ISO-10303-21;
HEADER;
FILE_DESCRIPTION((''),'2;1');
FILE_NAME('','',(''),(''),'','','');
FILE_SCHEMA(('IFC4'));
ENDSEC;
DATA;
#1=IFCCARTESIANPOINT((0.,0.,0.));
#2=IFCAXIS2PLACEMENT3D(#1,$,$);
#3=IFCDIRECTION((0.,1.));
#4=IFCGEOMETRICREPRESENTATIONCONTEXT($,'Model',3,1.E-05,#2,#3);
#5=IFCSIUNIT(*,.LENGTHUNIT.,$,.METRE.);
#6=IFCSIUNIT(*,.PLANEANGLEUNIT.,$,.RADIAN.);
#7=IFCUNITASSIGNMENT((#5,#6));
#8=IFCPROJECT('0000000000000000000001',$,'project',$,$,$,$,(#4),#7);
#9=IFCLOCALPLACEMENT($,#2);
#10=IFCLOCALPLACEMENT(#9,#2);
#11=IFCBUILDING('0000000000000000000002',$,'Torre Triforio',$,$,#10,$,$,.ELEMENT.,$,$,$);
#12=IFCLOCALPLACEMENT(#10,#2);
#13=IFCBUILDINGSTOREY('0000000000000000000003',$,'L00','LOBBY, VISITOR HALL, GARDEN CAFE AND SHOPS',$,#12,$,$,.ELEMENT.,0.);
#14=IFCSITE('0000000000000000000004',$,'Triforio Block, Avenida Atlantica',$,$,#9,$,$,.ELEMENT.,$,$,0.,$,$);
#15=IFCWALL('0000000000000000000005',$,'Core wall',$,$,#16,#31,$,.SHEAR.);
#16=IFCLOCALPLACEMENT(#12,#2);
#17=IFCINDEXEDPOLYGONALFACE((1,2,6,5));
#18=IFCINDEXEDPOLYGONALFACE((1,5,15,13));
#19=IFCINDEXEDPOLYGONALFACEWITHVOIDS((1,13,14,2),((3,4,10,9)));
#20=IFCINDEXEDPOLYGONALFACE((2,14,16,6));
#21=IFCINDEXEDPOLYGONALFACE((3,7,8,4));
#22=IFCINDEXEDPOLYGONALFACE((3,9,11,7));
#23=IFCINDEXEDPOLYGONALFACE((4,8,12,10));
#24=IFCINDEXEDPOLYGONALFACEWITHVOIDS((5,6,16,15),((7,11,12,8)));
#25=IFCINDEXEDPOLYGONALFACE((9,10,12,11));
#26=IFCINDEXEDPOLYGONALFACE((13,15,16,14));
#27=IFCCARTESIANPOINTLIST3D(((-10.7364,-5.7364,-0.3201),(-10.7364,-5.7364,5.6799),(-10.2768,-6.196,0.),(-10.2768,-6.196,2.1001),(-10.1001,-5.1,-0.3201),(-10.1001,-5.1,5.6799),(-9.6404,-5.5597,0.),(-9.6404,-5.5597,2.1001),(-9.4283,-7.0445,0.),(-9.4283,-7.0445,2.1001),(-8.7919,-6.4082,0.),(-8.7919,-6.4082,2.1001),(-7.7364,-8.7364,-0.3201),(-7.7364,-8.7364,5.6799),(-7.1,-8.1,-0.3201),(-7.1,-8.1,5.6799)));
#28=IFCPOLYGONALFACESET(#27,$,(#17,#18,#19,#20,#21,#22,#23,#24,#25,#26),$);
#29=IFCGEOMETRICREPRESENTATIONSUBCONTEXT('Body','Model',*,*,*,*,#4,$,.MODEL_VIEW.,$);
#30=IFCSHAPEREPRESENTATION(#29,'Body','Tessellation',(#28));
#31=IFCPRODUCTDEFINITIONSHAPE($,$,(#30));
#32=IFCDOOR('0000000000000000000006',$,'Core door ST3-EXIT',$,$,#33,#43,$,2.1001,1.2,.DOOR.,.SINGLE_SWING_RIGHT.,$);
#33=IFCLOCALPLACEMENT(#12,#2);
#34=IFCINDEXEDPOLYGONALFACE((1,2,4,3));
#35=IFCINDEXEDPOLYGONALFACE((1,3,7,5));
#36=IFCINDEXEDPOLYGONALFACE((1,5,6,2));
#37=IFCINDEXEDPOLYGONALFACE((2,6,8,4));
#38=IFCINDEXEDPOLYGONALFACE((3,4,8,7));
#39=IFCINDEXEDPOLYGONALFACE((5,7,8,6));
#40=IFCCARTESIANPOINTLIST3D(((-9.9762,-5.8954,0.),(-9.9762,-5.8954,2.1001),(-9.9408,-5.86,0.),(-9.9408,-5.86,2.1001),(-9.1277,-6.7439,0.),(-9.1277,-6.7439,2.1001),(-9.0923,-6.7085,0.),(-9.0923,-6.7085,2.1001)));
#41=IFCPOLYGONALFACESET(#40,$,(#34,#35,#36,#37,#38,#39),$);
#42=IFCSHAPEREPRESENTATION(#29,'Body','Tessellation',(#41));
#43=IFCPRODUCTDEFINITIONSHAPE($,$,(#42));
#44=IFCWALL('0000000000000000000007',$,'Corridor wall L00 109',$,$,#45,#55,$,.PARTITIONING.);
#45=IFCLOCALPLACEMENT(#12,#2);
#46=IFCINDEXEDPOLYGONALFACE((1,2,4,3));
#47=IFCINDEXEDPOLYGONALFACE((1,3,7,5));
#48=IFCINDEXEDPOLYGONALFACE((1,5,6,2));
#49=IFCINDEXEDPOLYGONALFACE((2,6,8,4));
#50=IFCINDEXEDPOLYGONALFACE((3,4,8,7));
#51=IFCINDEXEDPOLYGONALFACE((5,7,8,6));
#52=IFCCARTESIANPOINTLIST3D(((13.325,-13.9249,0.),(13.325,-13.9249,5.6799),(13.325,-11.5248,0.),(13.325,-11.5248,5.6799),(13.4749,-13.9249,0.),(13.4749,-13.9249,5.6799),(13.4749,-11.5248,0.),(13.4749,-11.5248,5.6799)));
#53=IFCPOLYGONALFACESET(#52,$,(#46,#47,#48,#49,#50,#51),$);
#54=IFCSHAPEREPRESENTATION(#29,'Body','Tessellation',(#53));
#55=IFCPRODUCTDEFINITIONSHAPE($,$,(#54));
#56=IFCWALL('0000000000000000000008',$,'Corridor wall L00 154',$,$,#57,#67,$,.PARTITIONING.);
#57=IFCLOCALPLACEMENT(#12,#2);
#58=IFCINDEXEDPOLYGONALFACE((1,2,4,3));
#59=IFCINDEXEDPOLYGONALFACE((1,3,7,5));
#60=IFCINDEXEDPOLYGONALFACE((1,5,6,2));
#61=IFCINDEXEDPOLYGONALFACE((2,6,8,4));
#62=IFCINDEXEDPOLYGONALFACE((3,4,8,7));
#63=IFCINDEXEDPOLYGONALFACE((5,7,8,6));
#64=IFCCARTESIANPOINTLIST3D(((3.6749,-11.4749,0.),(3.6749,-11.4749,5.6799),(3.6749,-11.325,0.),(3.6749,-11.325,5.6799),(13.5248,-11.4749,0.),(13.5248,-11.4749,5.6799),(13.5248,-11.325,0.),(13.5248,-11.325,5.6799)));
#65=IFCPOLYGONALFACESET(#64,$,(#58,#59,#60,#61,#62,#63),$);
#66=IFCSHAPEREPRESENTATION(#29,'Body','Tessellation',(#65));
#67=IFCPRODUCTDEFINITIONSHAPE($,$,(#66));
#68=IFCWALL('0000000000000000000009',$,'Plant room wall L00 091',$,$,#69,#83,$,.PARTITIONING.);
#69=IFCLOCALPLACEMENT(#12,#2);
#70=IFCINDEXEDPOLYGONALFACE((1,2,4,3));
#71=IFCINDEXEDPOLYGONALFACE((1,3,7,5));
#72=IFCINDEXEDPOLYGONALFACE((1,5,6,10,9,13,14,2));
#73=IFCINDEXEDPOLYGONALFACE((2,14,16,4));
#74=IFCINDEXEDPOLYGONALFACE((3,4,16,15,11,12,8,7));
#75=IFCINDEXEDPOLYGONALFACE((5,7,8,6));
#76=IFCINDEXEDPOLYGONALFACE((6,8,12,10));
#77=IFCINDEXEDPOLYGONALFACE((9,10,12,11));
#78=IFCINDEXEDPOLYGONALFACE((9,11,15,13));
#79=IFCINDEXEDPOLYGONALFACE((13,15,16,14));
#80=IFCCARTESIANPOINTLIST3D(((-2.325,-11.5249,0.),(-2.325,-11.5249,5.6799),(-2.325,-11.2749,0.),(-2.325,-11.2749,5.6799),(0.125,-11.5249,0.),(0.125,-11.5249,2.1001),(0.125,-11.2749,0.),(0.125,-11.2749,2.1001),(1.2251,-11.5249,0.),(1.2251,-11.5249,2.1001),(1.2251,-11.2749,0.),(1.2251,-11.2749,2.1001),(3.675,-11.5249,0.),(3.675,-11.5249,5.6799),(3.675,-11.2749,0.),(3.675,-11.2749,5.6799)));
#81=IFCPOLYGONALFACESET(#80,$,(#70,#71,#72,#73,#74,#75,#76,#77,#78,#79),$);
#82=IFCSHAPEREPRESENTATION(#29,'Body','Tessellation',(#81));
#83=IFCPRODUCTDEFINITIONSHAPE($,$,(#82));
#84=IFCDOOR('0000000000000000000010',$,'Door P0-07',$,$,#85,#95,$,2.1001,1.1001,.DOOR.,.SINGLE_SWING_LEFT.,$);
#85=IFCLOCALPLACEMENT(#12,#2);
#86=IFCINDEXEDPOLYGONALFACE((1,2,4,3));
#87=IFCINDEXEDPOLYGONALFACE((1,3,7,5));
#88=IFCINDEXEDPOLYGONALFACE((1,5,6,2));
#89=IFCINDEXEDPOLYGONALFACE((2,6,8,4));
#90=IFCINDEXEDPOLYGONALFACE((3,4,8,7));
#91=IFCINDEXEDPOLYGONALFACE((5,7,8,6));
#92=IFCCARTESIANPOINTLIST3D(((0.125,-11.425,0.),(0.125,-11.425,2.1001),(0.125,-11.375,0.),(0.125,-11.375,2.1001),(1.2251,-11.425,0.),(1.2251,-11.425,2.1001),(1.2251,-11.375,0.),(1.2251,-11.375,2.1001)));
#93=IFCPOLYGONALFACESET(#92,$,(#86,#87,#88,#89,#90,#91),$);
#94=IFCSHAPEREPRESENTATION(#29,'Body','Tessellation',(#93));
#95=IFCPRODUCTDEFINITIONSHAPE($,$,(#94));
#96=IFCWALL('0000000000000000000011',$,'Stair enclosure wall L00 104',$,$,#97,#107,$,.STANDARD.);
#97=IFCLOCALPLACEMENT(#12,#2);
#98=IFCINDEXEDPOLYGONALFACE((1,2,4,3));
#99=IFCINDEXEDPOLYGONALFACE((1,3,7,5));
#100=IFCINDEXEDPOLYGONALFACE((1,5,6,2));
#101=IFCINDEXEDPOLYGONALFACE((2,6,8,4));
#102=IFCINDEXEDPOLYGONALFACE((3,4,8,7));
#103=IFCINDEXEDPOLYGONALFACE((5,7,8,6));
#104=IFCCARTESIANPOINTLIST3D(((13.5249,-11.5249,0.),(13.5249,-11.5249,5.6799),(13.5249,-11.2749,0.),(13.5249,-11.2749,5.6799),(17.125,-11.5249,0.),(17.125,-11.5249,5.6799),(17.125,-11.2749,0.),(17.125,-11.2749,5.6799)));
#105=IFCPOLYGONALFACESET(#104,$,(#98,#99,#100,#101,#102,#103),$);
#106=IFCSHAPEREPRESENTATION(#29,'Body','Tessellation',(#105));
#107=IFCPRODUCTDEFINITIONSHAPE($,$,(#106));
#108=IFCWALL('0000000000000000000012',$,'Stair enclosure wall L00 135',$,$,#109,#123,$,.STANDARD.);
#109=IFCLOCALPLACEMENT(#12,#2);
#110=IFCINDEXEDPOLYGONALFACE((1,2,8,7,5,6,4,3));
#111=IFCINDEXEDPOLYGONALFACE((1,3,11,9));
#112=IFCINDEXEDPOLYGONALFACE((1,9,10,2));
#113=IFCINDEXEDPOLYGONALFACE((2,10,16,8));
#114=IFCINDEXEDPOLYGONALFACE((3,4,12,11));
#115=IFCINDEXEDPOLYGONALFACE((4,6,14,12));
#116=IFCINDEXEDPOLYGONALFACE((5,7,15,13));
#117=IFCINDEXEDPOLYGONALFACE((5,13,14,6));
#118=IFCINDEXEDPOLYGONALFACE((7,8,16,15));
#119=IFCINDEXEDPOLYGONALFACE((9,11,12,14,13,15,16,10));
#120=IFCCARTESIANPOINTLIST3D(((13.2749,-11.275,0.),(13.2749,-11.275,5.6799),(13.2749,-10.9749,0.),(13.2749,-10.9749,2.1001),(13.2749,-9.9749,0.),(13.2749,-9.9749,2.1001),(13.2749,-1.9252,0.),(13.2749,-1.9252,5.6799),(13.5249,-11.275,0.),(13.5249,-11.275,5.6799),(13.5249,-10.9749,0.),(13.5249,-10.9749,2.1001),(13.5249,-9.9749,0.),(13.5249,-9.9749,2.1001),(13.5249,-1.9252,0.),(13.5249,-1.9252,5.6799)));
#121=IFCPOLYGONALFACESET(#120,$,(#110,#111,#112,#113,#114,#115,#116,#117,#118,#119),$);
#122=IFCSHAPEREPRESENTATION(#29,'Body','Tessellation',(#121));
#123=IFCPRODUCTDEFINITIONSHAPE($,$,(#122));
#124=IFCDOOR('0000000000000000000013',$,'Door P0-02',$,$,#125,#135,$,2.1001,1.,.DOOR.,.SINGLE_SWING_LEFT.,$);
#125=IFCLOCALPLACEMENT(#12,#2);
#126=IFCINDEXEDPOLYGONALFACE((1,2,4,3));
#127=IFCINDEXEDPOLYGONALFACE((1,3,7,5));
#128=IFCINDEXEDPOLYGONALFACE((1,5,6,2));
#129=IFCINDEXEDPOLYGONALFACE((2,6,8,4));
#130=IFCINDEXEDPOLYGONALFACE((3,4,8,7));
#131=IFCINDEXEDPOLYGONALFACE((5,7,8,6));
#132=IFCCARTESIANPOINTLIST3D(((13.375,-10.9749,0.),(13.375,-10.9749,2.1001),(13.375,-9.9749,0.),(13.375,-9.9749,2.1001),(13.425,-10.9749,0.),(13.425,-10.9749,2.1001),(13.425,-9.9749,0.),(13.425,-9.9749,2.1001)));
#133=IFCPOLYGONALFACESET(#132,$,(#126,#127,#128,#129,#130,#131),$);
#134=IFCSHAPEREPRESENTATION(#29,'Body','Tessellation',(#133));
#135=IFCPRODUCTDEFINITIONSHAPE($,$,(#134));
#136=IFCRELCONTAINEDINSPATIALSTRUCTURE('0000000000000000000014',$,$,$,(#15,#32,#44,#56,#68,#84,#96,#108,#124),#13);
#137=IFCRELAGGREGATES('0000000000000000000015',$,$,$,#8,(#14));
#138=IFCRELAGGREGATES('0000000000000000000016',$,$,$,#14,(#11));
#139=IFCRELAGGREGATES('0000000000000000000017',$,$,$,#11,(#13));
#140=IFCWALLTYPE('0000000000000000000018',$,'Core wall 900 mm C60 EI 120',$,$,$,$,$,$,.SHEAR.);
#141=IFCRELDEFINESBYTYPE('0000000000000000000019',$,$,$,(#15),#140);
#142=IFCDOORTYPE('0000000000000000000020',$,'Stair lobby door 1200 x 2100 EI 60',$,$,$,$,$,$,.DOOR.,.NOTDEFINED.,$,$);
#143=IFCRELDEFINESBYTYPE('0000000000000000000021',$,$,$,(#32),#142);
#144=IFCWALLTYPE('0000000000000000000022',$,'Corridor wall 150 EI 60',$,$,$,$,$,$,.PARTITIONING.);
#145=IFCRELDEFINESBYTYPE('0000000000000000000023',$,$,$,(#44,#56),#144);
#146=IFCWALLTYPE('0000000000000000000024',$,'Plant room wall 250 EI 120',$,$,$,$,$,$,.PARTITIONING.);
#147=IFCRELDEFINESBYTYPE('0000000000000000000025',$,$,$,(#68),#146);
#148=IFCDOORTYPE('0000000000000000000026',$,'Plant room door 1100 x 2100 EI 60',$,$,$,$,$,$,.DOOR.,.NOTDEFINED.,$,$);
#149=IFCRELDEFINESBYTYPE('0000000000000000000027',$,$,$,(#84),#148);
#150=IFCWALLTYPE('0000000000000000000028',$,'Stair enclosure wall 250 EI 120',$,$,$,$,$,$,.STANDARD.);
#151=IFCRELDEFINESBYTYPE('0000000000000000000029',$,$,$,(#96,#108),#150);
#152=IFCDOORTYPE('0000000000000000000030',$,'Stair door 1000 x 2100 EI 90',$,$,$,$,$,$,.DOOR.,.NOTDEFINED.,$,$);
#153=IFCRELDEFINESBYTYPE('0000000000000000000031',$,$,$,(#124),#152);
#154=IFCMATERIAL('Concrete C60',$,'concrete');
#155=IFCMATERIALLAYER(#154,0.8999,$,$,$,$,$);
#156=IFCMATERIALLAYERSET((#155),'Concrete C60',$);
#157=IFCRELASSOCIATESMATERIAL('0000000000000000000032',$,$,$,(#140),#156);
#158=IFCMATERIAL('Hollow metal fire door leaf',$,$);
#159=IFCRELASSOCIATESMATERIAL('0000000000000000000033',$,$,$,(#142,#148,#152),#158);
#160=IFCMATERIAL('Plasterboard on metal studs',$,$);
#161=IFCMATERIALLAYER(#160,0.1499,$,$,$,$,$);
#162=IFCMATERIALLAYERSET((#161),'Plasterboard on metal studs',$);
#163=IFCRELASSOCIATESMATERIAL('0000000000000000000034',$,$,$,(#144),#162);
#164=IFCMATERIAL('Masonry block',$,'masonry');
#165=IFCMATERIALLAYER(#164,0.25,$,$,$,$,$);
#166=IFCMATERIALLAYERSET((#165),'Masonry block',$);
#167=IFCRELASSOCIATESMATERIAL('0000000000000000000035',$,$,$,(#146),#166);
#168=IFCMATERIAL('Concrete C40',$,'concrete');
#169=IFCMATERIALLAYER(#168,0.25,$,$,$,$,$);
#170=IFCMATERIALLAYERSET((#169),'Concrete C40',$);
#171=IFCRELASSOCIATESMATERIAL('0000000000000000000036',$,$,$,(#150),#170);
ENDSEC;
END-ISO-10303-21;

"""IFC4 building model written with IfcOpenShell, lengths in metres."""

from ifc_helpers import new_model, si_unit, direction, frame, frame_2d, origin, place, context, subcontext, project, spatial, rectangle, extrude, material, layer, layer_set, type_object, element, fill, save


model = new_model("IFC4")

# Units and contexts
model_context = context("Model", 3, precision=1e-05, world=origin(), true_north=direction((0.0, 1.0)))
body_context = subcontext(model_context, "Body", "Model", "MODEL_VIEW")
ifc_project = project(units=[si_unit("LENGTHUNIT", "METRE"), si_unit("PLANEANGLEUNIT", "RADIAN")], contexts=[model_context])

# Site, building, storey
site_placement = place(None, origin())
site = spatial("IfcSite", under=ifc_project, at=site_placement, Name="Triforio Block, Avenida Atlantica", CompositionType="ELEMENT", RefElevation=0.0)
building_placement = place(site_placement, origin())
building = spatial("IfcBuilding", under=site, at=building_placement, Name="Torre Triforio", CompositionType="ELEMENT")
storey_placement = place(building_placement, origin())
storey = spatial("IfcBuildingStorey", under=building, at=storey_placement, Name="L00", Description="LOBBY, VISITOR HALL, GARDEN CAFE AND SHOPS", CompositionType="ELEMENT", Elevation=0.0)

# Shared definitions
ifc_material_1 = material(Name="Concrete C60", Category="concrete")

# Shared definitions
ifc_layer_1 = layer(ifc_material_1, 0.8999)
ifc_layer_set_1 = layer_set([ifc_layer_1], Name="Concrete C60")
wall_type_1 = type_object("IfcWallType", Name="Core wall 900 mm C60 EI 120", PredefinedType="SHEAR", material=ifc_layer_set_1)
ifc_material_2 = material(Name="Hollow metal fire door leaf")

# Wall, opening, door
wall_1_placement = place(storey_placement, frame((-7.4182, -8.4182, -0.3201), z_axis=(0.0, 0.0, 1.0), x_axis=(-0.707107, 0.707107, 0.0)))
wall_1 = element("IfcWall", 1, at=wall_1_placement, inside=storey, type_object=wall_type_1, Name="Core wall", PredefinedType="SHEAR", context=body_context, shape_type="SweptSolid", body=[
    extrude(rectangle(XDim=4.2427, YDim=0.8999, at=frame_2d((2.1213, 0.0))), origin(), (0.0, 0.0, 1.0), 6.0),
])
opening_1_placement = place(wall_1_placement, frame((2.3926, 0.0, 0.3201)))
opening_1 = element("IfcOpeningElement", 2, at=opening_1_placement, cuts=wall_1, PredefinedType="OPENING", context=body_context, shape_type="SweptSolid", body=[
    extrude(rectangle(XDim=1.2, YDim=2.1001, at=frame_2d((0.6001, 1.05))), frame((0.0, 0.46, 0.0), z_axis=(0.0, -1.0, 0.0), x_axis=(1.0, 0.0, 0.0)), (0.0, 0.0, 1.0), 0.9199),
])
door_type_1 = type_object("IfcDoorType", Name="Stair lobby door 1200 x 2100 EI 60", OperationType="NOTDEFINED", PredefinedType="DOOR", material=ifc_material_2)
door_1_placement = place(opening_1_placement, origin())
door_1 = element("IfcDoor", 3, at=door_1_placement, inside=storey, type_object=door_type_1, Name="Core door ST3-EXIT", OperationType="SINGLE_SWING_RIGHT", OverallHeight=2.1001, OverallWidth=1.2, PredefinedType="DOOR", context=body_context, shape_type="SweptSolid", body=[
    extrude(rectangle(XDim=1.2, YDim=2.1001, at=frame_2d((0.6001, 1.05))), frame((0.0, 0.0249, 0.0), z_axis=(0.0, -1.0, 0.0), x_axis=(1.0, 0.0, 0.0)), (0.0, 0.0, 1.0), 0.05),
])
fill(opening_1, door_1)

# Walls
ifc_material_3 = material(Name="Plasterboard on metal studs")
ifc_layer_2 = layer(ifc_material_3, 0.1499)
ifc_layer_set_2 = layer_set([ifc_layer_2], Name="Plasterboard on metal studs")
wall_type_2 = type_object("IfcWallType", Name="Corridor wall 150 EI 60", PredefinedType="PARTITIONING", material=ifc_layer_set_2)
wall_2_placement = place(storey_placement, frame((13.3999, -13.925, 0.0), z_axis=(0.0, 0.0, 1.0), x_axis=(0.0, 1.0, 0.0)))
element("IfcWall", 4, at=wall_2_placement, inside=storey, type_object=wall_type_2, Name="Corridor wall L00 109", PredefinedType="PARTITIONING", context=body_context, shape_type="SweptSolid", body=[
    extrude(rectangle(XDim=2.4001, YDim=0.1499, at=frame_2d((1.2002, 0.0))), origin(), (0.0, 0.0, 1.0), 5.6799),
])
wall_3_placement = place(storey_placement, frame((3.675, -11.3999, 0.0), z_axis=(0.0, 0.0, 1.0), x_axis=(1.0, 0.0, 0.0)))
element("IfcWall", 5, at=wall_3_placement, inside=storey, type_object=wall_type_2, Name="Corridor wall L00 154", PredefinedType="PARTITIONING", context=body_context, shape_type="SweptSolid", body=[
    extrude(rectangle(XDim=9.8499, YDim=0.1499, at=frame_2d((4.9248, 0.0))), origin(), (0.0, 0.0, 1.0), 5.6799),
])

# Wall, opening, door
ifc_material_4 = material(Name="Masonry block", Category="masonry")
ifc_layer_3 = layer(ifc_material_4, 0.25)
ifc_layer_set_3 = layer_set([ifc_layer_3], Name="Masonry block")
wall_type_3 = type_object("IfcWallType", Name="Plant room wall 250 EI 120", PredefinedType="PARTITIONING", material=ifc_layer_set_3)
wall_4_placement = place(storey_placement, frame((-2.325, -11.3999, 0.0), z_axis=(0.0, 0.0, 1.0), x_axis=(1.0, 0.0, 0.0)))
wall_4 = element("IfcWall", 6, at=wall_4_placement, inside=storey, type_object=wall_type_3, Name="Plant room wall L00 091", PredefinedType="PARTITIONING", context=body_context, shape_type="SweptSolid", body=[
    extrude(rectangle(XDim=6.0, YDim=0.25, at=frame_2d((3.0, 0.0))), origin(), (0.0, 0.0, 1.0), 5.6799),
])
opening_2_placement = place(wall_4_placement, frame((2.45, 0.0, 0.0)))
opening_2 = element("IfcOpeningElement", 7, at=opening_2_placement, cuts=wall_4, PredefinedType="OPENING", context=body_context, shape_type="SweptSolid", body=[
    extrude(rectangle(XDim=1.1001, YDim=2.1001, at=frame_2d((0.55, 1.05))), frame((0.0, 0.135, 0.0), z_axis=(0.0, -1.0, 0.0), x_axis=(1.0, 0.0, 0.0)), (0.0, 0.0, 1.0), 0.27),
])
door_type_2 = type_object("IfcDoorType", Name="Plant room door 1100 x 2100 EI 60", OperationType="NOTDEFINED", PredefinedType="DOOR", material=ifc_material_2)
door_2_placement = place(opening_2_placement, origin())
door_2 = element("IfcDoor", 8, at=door_2_placement, inside=storey, type_object=door_type_2, Name="Door P0-07", OperationType="SINGLE_SWING_LEFT", OverallHeight=2.1001, OverallWidth=1.1001, PredefinedType="DOOR", context=body_context, shape_type="SweptSolid", body=[
    extrude(rectangle(XDim=1.1001, YDim=2.1001, at=frame_2d((0.55, 1.05))), frame((0.0, 0.0249, 0.0), z_axis=(0.0, -1.0, 0.0), x_axis=(1.0, 0.0, 0.0)), (0.0, 0.0, 1.0), 0.05),
])
fill(opening_2, door_2)

# Wall
ifc_material_5 = material(Name="Concrete C40", Category="concrete")
ifc_layer_4 = layer(ifc_material_5, 0.25)
ifc_layer_set_4 = layer_set([ifc_layer_4], Name="Concrete C40")
wall_type_4 = type_object("IfcWallType", Name="Stair enclosure wall 250 EI 120", PredefinedType="STANDARD", material=ifc_layer_set_4)
wall_5_placement = place(storey_placement, frame((13.5249, -11.3999, 0.0), z_axis=(0.0, 0.0, 1.0), x_axis=(1.0, 0.0, 0.0)))
element("IfcWall", 9, at=wall_5_placement, inside=storey, type_object=wall_type_4, Name="Stair enclosure wall L00 104", PredefinedType="STANDARD", context=body_context, shape_type="SweptSolid", body=[
    extrude(rectangle(XDim=3.6001, YDim=0.25, at=frame_2d((1.8, 0.0))), origin(), (0.0, 0.0, 1.0), 5.6799),
])

# Wall, opening, door
wall_6_placement = place(storey_placement, frame((13.3999, -11.2749, 0.0), z_axis=(0.0, 0.0, 1.0), x_axis=(0.0, 1.0, 0.0)))
wall_6 = element("IfcWall", 10, at=wall_6_placement, inside=storey, type_object=wall_type_4, Name="Stair enclosure wall L00 135", PredefinedType="STANDARD", context=body_context, shape_type="SweptSolid", body=[
    extrude(rectangle(XDim=9.3499, YDim=0.25, at=frame_2d((4.6748, 0.0))), origin(), (0.0, 0.0, 1.0), 5.6799),
])
opening_3_placement = place(wall_6_placement, frame((0.3, 0.0, 0.0)))
opening_3 = element("IfcOpeningElement", 11, at=opening_3_placement, cuts=wall_6, PredefinedType="OPENING", context=body_context, shape_type="SweptSolid", body=[
    extrude(rectangle(XDim=1.0, YDim=2.1001, at=frame_2d((0.5, 1.05))), frame((0.0, 0.135, 0.0), z_axis=(0.0, -1.0, 0.0), x_axis=(1.0, 0.0, 0.0)), (0.0, 0.0, 1.0), 0.27),
])
door_type_3 = type_object("IfcDoorType", Name="Stair door 1000 x 2100 EI 90", OperationType="NOTDEFINED", PredefinedType="DOOR", material=ifc_material_2)
door_3_placement = place(opening_3_placement, origin())
door_3 = element("IfcDoor", 12, at=door_3_placement, inside=storey, type_object=door_type_3, Name="Door P0-02", OperationType="SINGLE_SWING_LEFT", OverallHeight=2.1001, OverallWidth=1.0, PredefinedType="DOOR", context=body_context, shape_type="SweptSolid", body=[
    extrude(rectangle(XDim=1.0, YDim=2.1001, at=frame_2d((0.5, 1.05))), frame((0.0, 0.0249, 0.0), z_axis=(0.0, -1.0, 0.0), x_axis=(1.0, 0.0, 0.0)), (0.0, 0.0, 1.0), 0.05),
])
fill(opening_3, door_3)

save(model, "model.ifc")
